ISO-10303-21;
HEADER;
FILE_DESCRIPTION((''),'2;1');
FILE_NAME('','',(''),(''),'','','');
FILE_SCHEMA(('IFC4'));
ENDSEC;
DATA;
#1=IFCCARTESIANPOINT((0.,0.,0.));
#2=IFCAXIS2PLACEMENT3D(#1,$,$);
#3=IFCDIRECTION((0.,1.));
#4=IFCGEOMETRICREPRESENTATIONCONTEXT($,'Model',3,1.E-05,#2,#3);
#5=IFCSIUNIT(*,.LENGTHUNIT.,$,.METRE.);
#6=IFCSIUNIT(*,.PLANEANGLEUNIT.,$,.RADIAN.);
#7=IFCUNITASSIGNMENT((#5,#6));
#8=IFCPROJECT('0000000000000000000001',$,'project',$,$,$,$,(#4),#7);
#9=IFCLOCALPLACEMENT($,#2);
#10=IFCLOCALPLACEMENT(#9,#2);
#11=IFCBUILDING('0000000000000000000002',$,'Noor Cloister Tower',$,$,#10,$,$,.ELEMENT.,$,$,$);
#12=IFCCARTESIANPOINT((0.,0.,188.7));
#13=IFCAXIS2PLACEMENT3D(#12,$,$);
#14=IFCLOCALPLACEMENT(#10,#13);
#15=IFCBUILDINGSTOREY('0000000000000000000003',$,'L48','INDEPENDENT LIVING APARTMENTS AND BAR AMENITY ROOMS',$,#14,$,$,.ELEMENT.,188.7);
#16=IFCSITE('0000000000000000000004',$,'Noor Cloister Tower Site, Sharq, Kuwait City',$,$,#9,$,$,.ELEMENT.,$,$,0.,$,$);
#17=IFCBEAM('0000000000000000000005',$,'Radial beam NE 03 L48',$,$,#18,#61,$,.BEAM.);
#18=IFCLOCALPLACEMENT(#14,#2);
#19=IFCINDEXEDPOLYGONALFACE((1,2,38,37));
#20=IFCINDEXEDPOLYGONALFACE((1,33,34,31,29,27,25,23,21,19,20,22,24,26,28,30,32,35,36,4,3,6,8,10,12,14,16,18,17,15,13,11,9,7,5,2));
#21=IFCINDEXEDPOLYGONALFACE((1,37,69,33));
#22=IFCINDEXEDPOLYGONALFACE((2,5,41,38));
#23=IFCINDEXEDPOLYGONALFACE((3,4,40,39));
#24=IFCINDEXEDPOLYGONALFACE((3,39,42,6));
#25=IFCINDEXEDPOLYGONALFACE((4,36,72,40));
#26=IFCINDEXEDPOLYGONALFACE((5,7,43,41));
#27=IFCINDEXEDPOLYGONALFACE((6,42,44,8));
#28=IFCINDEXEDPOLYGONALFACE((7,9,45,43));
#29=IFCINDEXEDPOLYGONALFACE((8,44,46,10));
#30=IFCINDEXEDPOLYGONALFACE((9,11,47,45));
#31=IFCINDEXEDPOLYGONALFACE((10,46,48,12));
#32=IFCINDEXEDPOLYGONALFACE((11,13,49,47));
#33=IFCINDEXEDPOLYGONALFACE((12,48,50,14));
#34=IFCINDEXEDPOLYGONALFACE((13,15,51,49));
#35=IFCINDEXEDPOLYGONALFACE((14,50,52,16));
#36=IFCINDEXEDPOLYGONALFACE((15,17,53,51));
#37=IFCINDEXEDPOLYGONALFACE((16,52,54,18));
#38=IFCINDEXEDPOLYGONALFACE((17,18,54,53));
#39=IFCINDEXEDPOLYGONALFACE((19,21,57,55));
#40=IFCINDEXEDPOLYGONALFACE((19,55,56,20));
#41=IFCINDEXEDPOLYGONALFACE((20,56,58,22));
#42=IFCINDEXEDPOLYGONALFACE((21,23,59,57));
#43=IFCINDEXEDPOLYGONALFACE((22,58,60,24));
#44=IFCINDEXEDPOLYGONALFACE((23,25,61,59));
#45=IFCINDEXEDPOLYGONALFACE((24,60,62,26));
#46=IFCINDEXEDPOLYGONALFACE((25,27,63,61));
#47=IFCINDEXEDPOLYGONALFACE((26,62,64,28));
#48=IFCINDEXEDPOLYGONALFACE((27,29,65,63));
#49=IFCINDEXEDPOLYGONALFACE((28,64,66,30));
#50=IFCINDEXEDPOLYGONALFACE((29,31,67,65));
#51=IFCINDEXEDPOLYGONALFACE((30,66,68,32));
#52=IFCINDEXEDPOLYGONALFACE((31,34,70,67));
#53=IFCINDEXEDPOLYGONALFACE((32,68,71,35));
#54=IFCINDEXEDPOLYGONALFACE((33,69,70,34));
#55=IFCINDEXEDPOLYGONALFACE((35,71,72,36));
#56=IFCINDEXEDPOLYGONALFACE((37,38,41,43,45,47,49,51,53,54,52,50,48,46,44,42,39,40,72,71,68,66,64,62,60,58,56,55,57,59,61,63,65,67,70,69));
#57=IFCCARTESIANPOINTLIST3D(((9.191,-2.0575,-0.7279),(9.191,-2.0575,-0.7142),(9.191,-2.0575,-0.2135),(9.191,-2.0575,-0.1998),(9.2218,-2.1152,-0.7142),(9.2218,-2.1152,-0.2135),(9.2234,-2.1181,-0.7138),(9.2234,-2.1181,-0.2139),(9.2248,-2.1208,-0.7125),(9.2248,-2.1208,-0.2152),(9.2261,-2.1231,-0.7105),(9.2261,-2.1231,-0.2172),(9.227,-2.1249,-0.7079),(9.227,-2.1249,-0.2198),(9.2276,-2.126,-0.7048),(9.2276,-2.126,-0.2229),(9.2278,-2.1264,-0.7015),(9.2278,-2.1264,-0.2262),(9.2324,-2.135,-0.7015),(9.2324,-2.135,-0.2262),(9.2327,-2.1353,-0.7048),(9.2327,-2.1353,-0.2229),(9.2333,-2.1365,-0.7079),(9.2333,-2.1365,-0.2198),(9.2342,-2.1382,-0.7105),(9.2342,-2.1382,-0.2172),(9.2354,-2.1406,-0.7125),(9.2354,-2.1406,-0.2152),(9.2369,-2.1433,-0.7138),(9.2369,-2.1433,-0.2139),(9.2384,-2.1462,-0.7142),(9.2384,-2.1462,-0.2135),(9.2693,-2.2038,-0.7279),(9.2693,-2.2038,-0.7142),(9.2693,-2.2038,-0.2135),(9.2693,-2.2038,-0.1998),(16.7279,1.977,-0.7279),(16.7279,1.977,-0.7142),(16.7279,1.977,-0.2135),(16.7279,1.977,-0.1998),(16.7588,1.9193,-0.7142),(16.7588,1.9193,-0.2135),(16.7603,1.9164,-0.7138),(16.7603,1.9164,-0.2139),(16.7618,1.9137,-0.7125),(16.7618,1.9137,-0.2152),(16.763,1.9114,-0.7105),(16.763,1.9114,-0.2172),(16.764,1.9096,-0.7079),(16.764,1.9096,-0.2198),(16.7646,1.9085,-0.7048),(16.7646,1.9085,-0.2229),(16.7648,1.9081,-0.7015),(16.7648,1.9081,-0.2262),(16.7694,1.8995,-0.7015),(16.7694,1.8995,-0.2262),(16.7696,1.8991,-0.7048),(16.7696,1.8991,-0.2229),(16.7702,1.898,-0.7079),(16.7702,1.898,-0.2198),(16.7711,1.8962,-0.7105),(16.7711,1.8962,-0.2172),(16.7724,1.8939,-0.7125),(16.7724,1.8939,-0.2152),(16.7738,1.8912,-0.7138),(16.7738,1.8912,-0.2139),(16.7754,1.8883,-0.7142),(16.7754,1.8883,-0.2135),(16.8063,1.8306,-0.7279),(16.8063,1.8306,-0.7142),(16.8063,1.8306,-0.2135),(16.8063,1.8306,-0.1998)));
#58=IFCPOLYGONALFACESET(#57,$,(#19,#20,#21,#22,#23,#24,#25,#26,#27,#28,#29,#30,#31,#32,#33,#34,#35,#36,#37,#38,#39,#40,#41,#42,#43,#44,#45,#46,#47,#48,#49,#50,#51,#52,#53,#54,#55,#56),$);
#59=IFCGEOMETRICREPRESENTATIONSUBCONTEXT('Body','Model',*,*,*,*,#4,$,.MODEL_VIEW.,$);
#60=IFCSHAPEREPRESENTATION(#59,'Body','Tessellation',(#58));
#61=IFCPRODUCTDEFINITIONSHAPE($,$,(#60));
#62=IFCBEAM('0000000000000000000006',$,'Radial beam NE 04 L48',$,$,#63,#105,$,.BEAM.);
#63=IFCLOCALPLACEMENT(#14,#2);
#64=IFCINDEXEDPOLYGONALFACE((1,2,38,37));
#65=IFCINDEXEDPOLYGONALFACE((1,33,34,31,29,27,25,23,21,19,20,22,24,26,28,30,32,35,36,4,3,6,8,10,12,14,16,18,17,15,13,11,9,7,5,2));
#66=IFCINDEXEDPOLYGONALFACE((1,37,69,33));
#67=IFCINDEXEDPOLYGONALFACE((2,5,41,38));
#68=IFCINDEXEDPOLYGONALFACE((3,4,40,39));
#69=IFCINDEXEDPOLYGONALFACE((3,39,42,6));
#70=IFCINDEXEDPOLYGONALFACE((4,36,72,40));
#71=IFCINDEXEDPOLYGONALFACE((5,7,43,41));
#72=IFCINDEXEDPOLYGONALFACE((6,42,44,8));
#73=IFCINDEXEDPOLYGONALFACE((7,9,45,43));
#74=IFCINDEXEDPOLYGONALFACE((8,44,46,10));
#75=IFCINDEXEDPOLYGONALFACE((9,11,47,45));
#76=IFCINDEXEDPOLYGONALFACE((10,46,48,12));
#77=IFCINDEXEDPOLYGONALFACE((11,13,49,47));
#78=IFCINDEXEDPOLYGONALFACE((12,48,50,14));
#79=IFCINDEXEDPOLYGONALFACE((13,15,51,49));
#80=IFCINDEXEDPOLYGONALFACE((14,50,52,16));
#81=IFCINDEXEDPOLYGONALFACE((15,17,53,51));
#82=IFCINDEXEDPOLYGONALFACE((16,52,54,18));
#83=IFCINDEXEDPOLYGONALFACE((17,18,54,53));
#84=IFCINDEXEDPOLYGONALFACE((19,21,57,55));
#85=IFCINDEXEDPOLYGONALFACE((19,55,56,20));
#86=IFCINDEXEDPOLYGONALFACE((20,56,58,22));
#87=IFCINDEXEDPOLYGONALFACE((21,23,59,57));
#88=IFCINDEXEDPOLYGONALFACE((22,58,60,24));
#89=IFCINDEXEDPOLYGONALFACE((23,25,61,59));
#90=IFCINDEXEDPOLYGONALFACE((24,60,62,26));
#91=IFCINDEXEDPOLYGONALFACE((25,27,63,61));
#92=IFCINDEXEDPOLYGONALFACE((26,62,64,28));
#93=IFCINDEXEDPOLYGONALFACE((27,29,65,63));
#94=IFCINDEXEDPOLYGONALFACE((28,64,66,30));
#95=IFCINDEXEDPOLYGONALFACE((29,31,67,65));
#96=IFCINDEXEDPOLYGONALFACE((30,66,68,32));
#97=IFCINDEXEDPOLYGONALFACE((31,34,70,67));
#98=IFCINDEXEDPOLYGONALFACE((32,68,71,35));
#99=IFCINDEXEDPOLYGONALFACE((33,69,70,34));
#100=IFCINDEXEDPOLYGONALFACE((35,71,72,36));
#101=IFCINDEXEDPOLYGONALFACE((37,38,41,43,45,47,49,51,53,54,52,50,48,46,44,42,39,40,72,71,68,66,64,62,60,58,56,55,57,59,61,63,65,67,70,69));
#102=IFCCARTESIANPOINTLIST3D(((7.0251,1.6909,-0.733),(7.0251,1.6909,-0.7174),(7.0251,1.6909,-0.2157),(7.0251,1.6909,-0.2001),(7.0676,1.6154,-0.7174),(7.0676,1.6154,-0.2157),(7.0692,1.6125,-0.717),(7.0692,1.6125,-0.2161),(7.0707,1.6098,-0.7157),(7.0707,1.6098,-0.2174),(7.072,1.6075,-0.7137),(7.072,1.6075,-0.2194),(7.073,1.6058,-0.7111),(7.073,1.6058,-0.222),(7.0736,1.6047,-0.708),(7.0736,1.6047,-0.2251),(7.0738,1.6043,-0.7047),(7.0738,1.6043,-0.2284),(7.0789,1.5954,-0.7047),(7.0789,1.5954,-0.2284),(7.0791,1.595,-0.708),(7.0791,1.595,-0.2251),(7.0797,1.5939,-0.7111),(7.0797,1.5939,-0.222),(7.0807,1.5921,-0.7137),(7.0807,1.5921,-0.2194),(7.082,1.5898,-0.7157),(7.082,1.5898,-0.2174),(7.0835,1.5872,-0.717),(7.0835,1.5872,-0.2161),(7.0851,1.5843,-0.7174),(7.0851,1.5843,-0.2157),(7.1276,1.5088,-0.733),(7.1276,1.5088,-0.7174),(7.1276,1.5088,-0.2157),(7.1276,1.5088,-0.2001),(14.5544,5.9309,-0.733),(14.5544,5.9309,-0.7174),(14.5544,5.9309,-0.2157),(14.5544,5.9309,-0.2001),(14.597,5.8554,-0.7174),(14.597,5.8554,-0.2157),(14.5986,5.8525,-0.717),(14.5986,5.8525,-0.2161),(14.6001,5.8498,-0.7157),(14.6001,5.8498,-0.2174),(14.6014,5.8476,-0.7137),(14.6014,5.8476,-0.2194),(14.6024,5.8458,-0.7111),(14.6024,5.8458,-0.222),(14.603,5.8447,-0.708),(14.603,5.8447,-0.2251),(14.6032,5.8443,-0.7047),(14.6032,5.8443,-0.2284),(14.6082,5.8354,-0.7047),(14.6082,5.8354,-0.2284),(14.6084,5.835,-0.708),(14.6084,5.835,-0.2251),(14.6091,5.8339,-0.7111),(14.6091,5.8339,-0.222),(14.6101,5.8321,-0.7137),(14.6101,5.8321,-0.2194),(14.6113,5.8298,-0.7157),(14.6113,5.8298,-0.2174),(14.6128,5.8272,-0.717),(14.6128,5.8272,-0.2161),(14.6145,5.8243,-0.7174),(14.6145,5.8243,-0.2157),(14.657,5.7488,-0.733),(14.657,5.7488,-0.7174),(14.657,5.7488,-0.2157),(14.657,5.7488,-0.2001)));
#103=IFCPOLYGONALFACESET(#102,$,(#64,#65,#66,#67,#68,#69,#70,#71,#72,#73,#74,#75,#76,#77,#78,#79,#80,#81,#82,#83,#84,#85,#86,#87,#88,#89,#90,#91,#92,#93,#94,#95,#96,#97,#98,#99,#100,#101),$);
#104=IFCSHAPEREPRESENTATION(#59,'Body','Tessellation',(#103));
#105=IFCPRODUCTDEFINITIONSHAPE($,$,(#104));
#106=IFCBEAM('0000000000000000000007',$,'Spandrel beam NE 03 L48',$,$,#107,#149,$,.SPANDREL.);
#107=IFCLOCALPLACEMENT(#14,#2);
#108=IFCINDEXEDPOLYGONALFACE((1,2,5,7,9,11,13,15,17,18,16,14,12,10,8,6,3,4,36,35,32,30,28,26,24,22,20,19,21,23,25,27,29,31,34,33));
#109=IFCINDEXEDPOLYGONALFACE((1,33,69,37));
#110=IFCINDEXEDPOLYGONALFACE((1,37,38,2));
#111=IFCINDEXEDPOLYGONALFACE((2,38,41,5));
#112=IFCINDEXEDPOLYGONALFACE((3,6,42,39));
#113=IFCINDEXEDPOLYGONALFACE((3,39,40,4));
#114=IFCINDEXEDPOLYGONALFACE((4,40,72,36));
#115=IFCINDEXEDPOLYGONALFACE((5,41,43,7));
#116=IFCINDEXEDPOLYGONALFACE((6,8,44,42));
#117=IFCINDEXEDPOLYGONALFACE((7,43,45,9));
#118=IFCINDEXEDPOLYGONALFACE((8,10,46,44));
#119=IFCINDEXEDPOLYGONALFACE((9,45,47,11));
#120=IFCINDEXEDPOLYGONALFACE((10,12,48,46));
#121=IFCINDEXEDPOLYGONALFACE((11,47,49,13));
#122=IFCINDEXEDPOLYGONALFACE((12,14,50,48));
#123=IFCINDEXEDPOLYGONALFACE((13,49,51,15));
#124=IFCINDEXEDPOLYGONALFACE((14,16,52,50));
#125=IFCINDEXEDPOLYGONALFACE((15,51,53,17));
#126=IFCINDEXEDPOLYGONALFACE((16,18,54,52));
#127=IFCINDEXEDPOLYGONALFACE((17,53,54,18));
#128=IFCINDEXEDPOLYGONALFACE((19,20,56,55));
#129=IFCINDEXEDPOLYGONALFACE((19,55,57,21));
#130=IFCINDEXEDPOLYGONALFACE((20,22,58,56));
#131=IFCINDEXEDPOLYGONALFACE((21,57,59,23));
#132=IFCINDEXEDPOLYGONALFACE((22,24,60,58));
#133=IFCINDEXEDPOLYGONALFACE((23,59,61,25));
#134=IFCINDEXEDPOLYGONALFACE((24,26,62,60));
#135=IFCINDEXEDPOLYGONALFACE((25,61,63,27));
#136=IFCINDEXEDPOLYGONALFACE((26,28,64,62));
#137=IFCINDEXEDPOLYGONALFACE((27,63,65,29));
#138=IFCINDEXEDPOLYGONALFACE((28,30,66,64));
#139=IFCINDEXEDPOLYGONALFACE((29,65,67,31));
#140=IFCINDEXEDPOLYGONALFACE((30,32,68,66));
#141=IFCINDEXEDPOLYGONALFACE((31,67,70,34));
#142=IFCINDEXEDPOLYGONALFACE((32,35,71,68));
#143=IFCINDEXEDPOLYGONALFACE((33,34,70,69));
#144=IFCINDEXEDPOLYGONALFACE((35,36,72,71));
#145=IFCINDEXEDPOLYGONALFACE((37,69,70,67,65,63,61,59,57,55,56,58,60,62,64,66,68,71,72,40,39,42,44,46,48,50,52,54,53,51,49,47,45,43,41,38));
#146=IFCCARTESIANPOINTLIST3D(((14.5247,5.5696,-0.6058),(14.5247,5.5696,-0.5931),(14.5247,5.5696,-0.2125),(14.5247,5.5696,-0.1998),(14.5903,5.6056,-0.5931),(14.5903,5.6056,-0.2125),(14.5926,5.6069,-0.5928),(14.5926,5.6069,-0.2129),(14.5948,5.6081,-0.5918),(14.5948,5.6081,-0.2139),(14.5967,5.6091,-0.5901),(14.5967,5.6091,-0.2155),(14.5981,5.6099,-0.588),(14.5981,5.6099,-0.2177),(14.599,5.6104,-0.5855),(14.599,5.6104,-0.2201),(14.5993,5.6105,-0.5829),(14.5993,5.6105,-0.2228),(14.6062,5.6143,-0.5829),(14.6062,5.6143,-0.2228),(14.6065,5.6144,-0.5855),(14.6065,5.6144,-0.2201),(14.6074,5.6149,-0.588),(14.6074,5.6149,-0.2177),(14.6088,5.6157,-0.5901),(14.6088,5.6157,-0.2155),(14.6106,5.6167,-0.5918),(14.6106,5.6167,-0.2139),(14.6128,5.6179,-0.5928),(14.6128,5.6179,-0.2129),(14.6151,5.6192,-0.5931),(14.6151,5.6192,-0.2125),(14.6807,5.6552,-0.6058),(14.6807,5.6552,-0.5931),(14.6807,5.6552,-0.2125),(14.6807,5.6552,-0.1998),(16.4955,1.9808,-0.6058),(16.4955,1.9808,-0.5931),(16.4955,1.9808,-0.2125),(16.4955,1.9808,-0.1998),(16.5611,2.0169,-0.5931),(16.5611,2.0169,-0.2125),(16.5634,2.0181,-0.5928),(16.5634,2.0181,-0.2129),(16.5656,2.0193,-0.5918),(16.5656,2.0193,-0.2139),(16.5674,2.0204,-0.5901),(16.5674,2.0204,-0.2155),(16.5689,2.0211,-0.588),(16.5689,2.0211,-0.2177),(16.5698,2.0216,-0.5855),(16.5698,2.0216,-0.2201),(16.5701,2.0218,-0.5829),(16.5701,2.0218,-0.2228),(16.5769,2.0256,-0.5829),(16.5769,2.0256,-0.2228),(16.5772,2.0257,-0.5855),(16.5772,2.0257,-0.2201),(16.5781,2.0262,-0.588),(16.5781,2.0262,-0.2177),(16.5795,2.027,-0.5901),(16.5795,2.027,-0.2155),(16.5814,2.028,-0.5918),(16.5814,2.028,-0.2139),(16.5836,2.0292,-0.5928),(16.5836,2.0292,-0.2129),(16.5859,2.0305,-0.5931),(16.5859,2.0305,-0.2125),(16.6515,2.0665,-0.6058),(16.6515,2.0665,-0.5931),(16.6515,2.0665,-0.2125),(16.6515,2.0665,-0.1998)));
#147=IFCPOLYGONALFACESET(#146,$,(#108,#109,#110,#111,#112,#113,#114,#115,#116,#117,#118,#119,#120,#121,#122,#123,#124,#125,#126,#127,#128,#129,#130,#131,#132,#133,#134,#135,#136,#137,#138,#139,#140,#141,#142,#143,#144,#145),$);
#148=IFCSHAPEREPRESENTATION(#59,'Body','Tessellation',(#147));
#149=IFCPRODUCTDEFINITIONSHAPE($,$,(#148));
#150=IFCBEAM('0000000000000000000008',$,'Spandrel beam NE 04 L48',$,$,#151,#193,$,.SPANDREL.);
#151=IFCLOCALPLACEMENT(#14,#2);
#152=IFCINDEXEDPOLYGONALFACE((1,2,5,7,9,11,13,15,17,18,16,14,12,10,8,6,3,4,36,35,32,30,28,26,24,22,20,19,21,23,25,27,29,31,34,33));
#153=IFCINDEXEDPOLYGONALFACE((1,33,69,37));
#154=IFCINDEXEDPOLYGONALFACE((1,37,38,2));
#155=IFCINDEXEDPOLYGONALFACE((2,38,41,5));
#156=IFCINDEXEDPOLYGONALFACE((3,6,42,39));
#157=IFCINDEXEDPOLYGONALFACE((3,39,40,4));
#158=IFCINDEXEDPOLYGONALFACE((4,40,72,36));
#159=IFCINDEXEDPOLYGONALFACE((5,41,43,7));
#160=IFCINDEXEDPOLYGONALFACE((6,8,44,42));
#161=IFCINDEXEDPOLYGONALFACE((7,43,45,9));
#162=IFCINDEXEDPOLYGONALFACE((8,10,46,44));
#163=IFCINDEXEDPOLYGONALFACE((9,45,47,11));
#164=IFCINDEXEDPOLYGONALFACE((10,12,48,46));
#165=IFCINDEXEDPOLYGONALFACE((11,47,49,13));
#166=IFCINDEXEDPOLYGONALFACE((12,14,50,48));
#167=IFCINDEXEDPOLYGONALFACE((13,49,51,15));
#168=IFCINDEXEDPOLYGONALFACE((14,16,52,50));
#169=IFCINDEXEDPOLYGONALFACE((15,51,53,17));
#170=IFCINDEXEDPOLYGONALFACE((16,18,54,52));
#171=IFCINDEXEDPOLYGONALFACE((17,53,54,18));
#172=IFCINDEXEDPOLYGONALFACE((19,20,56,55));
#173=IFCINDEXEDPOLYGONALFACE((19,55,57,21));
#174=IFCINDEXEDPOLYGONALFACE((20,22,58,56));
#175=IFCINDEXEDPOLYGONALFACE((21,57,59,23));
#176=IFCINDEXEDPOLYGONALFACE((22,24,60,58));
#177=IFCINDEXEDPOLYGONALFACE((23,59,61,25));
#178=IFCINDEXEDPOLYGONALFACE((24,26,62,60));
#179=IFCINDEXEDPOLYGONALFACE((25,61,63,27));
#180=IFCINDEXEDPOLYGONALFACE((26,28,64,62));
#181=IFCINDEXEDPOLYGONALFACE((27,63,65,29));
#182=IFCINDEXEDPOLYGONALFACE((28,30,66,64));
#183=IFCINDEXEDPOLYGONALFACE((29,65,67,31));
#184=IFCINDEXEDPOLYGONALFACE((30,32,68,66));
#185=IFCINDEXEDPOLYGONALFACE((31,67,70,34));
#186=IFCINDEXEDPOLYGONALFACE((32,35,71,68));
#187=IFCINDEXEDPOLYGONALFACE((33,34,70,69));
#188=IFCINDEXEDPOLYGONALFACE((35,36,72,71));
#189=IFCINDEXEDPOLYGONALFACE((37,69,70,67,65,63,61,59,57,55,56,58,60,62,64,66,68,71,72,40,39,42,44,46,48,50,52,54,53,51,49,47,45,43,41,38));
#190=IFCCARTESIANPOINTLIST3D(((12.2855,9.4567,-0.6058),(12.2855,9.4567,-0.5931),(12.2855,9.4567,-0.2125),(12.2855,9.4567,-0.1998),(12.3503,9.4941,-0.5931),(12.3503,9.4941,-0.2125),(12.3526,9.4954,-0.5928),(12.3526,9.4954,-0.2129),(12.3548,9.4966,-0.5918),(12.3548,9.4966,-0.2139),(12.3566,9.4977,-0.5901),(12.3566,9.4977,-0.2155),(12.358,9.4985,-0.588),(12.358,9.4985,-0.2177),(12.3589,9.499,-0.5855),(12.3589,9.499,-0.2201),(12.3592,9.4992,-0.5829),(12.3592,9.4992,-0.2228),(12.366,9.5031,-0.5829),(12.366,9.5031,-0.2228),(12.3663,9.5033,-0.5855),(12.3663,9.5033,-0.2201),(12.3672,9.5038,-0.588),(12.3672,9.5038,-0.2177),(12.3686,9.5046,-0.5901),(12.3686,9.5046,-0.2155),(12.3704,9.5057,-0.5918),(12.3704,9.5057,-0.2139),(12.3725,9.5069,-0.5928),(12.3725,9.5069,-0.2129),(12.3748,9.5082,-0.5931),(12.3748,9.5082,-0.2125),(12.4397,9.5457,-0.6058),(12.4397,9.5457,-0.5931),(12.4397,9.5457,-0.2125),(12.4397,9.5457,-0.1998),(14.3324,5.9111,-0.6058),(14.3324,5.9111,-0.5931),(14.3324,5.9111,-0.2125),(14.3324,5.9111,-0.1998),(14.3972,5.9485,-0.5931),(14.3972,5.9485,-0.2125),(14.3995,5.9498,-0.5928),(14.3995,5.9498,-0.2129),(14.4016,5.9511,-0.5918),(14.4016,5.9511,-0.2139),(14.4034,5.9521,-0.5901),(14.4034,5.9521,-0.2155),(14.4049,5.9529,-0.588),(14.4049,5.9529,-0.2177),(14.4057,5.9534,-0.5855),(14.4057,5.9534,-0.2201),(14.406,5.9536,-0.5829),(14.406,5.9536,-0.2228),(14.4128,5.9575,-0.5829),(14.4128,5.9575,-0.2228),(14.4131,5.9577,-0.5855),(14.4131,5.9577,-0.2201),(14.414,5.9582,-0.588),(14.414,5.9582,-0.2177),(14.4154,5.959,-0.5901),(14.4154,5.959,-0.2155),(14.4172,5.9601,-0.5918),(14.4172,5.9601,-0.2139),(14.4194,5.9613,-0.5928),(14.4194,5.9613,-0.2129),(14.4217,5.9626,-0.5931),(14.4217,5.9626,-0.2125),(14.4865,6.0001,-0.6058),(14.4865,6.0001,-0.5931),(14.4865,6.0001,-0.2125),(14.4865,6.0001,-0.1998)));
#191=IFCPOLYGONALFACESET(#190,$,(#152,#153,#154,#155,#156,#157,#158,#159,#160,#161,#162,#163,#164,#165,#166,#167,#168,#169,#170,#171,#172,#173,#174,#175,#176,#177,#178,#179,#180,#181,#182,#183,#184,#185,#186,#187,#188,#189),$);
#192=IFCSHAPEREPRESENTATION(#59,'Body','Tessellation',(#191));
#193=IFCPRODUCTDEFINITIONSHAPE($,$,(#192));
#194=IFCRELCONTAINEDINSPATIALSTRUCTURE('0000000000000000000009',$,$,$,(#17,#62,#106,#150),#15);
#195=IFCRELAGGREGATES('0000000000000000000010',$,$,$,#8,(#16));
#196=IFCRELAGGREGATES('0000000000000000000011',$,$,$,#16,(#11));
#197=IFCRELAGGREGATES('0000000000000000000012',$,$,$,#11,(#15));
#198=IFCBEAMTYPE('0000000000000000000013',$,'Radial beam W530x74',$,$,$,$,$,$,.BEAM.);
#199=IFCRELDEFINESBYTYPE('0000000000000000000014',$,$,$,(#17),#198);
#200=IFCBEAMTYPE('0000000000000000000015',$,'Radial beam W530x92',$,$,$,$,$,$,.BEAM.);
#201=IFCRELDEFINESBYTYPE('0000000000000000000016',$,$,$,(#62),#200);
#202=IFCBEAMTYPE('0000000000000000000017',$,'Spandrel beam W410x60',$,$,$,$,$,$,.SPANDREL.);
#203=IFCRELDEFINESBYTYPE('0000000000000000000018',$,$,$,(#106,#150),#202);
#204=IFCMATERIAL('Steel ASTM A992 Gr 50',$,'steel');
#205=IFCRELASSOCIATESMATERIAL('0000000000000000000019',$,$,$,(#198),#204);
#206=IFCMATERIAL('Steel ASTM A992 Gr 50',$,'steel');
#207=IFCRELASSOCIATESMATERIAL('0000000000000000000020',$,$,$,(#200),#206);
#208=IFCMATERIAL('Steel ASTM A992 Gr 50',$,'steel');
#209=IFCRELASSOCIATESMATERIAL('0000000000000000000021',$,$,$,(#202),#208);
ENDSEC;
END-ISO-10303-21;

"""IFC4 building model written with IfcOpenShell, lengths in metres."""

from ifc_helpers import new_model, si_unit, direction, frame, origin, origin_2d, place, context, subcontext, project, spatial, i_section, extrude, material, material_profile, profile_set, type_object, element, save


model = new_model("IFC4")

# Units and contexts
model_context = context("Model", 3, precision=1e-05, world=origin(), true_north=direction((0.0, 1.0)))
body_context = subcontext(model_context, "Body", "Model", "MODEL_VIEW")
ifc_project = project(units=[si_unit("LENGTHUNIT", "METRE"), si_unit("PLANEANGLEUNIT", "RADIAN")], contexts=[model_context])

# Site, building, storey
site_placement = place(None, origin())
site = spatial("IfcSite", under=ifc_project, at=site_placement, Name="Noor Cloister Tower Site, Sharq, Kuwait City", CompositionType="ELEMENT", RefElevation=0.0)
building_placement = place(site_placement, origin())
building = spatial("IfcBuilding", under=site, at=building_placement, Name="Noor Cloister Tower", CompositionType="ELEMENT")
storey_placement = place(building_placement, frame((0.0, 0.0, 188.7)))
storey = spatial("IfcBuildingStorey", under=building, at=storey_placement, Name="L48", Description="INDEPENDENT LIVING APARTMENTS AND BAR AMENITY ROOMS", CompositionType="ELEMENT", Elevation=188.7)

# Beams
ifc_material_1 = material(Name="Steel ASTM A992 Gr 50", Category="steel")
ifc_material_profile_1 = material_profile(ifc_material_1, i_section(OverallWidth=0.166, OverallDepth=0.5281, WebThickness=0.0098, FlangeThickness=0.0137, FilletRadius=0.0127, at=origin_2d()), Name="W530x74")
ifc_profile_set_1 = profile_set([ifc_material_profile_1], Name="Steel ASTM A992 Gr 50")
beam_type_1 = type_object("IfcBeamType", Name="Radial beam W530x74", PredefinedType="BEAM", material=ifc_profile_set_1)
beam_1_placement = place(storey_placement, frame((16.7671, 1.9038, -0.4639), z_axis=(-0.881635, -0.471932, 0.0), x_axis=(0.471932, -0.881635, 0.0)))
element("IfcBeam", 1, at=beam_1_placement, inside=storey, type_object=beam_type_1, Name="Radial beam NE 03 L48", PredefinedType="BEAM", context=body_context, shape_type="SweptSolid", body=[
    extrude(i_section(OverallWidth=0.166, OverallDepth=0.5281, WebThickness=0.0098, FlangeThickness=0.0137, FilletRadius=0.0127, at=origin_2d()), origin(), (0.0, 0.0, 1.0), 8.5488),
])
ifc_material_2 = material(Name="Steel ASTM A992 Gr 50", Category="steel")
ifc_material_profile_2 = material_profile(ifc_material_2, i_section(OverallWidth=0.209, OverallDepth=0.533, WebThickness=0.0103, FlangeThickness=0.0156, FilletRadius=0.0127, at=origin_2d()), Name="W530x92")
ifc_profile_set_2 = profile_set([ifc_material_profile_2], Name="Steel ASTM A992 Gr 50")
beam_type_2 = type_object("IfcBeamType", Name="Radial beam W530x92", PredefinedType="BEAM", material=ifc_profile_set_2)
beam_2_placement = place(storey_placement, frame((14.6057, 5.8398, -0.4666), z_axis=(-0.87134, -0.49068, 0.0), x_axis=(0.49068, -0.87134, 0.0)))
element("IfcBeam", 2, at=beam_2_placement, inside=storey, type_object=beam_type_2, Name="Radial beam NE 04 L48", PredefinedType="BEAM", context=body_context, shape_type="SweptSolid", body=[
    extrude(i_section(OverallWidth=0.209, OverallDepth=0.533, WebThickness=0.0103, FlangeThickness=0.0156, FilletRadius=0.0127, at=origin_2d()), origin(), (0.0, 0.0, 1.0), 8.6411),
])
ifc_material_3 = material(Name="Steel ASTM A992 Gr 50", Category="steel")
ifc_material_profile_3 = material_profile(ifc_material_3, i_section(OverallWidth=0.178, OverallDepth=0.406, WebThickness=0.0078, FlangeThickness=0.0127, FilletRadius=0.0103, at=origin_2d()), Name="W410x60")
ifc_profile_set_3 = profile_set([ifc_material_profile_3], Name="Steel ASTM A992 Gr 50")
beam_type_3 = type_object("IfcBeamType", Name="Spandrel beam W410x60", PredefinedType="SPANDREL", material=ifc_profile_set_3)
beam_3_placement = place(storey_placement, frame((16.5735, 2.0237, -0.4028), z_axis=(-0.481349, 0.876529, 0.0), x_axis=(-0.876529, -0.481349, 0.0)))
element("IfcBeam", 3, at=beam_3_placement, inside=storey, type_object=beam_type_3, Name="Spandrel beam NE 03 L48", PredefinedType="SPANDREL", context=body_context, shape_type="SweptSolid", body=[
    extrude(i_section(OverallWidth=0.178, OverallDepth=0.406, WebThickness=0.0078, FlangeThickness=0.0127, FilletRadius=0.0103, at=origin_2d()), origin(), (0.0, 0.0, 1.0), 4.0942),
])
beam_4_placement = place(storey_placement, frame((14.4094, 5.9556, -0.4028), z_axis=(-0.499962, 0.866048, 0.0), x_axis=(-0.866048, -0.499962, 0.0)))
element("IfcBeam", 4, at=beam_4_placement, inside=storey, type_object=beam_type_3, Name="Spandrel beam NE 04 L48", PredefinedType="SPANDREL", context=body_context, shape_type="SweptSolid", body=[
    extrude(i_section(OverallWidth=0.178, OverallDepth=0.406, WebThickness=0.0078, FlangeThickness=0.0127, FilletRadius=0.0103, at=origin_2d()), origin(), (0.0, 0.0, 1.0), 4.094),
])

save(model, "model.ifc")
